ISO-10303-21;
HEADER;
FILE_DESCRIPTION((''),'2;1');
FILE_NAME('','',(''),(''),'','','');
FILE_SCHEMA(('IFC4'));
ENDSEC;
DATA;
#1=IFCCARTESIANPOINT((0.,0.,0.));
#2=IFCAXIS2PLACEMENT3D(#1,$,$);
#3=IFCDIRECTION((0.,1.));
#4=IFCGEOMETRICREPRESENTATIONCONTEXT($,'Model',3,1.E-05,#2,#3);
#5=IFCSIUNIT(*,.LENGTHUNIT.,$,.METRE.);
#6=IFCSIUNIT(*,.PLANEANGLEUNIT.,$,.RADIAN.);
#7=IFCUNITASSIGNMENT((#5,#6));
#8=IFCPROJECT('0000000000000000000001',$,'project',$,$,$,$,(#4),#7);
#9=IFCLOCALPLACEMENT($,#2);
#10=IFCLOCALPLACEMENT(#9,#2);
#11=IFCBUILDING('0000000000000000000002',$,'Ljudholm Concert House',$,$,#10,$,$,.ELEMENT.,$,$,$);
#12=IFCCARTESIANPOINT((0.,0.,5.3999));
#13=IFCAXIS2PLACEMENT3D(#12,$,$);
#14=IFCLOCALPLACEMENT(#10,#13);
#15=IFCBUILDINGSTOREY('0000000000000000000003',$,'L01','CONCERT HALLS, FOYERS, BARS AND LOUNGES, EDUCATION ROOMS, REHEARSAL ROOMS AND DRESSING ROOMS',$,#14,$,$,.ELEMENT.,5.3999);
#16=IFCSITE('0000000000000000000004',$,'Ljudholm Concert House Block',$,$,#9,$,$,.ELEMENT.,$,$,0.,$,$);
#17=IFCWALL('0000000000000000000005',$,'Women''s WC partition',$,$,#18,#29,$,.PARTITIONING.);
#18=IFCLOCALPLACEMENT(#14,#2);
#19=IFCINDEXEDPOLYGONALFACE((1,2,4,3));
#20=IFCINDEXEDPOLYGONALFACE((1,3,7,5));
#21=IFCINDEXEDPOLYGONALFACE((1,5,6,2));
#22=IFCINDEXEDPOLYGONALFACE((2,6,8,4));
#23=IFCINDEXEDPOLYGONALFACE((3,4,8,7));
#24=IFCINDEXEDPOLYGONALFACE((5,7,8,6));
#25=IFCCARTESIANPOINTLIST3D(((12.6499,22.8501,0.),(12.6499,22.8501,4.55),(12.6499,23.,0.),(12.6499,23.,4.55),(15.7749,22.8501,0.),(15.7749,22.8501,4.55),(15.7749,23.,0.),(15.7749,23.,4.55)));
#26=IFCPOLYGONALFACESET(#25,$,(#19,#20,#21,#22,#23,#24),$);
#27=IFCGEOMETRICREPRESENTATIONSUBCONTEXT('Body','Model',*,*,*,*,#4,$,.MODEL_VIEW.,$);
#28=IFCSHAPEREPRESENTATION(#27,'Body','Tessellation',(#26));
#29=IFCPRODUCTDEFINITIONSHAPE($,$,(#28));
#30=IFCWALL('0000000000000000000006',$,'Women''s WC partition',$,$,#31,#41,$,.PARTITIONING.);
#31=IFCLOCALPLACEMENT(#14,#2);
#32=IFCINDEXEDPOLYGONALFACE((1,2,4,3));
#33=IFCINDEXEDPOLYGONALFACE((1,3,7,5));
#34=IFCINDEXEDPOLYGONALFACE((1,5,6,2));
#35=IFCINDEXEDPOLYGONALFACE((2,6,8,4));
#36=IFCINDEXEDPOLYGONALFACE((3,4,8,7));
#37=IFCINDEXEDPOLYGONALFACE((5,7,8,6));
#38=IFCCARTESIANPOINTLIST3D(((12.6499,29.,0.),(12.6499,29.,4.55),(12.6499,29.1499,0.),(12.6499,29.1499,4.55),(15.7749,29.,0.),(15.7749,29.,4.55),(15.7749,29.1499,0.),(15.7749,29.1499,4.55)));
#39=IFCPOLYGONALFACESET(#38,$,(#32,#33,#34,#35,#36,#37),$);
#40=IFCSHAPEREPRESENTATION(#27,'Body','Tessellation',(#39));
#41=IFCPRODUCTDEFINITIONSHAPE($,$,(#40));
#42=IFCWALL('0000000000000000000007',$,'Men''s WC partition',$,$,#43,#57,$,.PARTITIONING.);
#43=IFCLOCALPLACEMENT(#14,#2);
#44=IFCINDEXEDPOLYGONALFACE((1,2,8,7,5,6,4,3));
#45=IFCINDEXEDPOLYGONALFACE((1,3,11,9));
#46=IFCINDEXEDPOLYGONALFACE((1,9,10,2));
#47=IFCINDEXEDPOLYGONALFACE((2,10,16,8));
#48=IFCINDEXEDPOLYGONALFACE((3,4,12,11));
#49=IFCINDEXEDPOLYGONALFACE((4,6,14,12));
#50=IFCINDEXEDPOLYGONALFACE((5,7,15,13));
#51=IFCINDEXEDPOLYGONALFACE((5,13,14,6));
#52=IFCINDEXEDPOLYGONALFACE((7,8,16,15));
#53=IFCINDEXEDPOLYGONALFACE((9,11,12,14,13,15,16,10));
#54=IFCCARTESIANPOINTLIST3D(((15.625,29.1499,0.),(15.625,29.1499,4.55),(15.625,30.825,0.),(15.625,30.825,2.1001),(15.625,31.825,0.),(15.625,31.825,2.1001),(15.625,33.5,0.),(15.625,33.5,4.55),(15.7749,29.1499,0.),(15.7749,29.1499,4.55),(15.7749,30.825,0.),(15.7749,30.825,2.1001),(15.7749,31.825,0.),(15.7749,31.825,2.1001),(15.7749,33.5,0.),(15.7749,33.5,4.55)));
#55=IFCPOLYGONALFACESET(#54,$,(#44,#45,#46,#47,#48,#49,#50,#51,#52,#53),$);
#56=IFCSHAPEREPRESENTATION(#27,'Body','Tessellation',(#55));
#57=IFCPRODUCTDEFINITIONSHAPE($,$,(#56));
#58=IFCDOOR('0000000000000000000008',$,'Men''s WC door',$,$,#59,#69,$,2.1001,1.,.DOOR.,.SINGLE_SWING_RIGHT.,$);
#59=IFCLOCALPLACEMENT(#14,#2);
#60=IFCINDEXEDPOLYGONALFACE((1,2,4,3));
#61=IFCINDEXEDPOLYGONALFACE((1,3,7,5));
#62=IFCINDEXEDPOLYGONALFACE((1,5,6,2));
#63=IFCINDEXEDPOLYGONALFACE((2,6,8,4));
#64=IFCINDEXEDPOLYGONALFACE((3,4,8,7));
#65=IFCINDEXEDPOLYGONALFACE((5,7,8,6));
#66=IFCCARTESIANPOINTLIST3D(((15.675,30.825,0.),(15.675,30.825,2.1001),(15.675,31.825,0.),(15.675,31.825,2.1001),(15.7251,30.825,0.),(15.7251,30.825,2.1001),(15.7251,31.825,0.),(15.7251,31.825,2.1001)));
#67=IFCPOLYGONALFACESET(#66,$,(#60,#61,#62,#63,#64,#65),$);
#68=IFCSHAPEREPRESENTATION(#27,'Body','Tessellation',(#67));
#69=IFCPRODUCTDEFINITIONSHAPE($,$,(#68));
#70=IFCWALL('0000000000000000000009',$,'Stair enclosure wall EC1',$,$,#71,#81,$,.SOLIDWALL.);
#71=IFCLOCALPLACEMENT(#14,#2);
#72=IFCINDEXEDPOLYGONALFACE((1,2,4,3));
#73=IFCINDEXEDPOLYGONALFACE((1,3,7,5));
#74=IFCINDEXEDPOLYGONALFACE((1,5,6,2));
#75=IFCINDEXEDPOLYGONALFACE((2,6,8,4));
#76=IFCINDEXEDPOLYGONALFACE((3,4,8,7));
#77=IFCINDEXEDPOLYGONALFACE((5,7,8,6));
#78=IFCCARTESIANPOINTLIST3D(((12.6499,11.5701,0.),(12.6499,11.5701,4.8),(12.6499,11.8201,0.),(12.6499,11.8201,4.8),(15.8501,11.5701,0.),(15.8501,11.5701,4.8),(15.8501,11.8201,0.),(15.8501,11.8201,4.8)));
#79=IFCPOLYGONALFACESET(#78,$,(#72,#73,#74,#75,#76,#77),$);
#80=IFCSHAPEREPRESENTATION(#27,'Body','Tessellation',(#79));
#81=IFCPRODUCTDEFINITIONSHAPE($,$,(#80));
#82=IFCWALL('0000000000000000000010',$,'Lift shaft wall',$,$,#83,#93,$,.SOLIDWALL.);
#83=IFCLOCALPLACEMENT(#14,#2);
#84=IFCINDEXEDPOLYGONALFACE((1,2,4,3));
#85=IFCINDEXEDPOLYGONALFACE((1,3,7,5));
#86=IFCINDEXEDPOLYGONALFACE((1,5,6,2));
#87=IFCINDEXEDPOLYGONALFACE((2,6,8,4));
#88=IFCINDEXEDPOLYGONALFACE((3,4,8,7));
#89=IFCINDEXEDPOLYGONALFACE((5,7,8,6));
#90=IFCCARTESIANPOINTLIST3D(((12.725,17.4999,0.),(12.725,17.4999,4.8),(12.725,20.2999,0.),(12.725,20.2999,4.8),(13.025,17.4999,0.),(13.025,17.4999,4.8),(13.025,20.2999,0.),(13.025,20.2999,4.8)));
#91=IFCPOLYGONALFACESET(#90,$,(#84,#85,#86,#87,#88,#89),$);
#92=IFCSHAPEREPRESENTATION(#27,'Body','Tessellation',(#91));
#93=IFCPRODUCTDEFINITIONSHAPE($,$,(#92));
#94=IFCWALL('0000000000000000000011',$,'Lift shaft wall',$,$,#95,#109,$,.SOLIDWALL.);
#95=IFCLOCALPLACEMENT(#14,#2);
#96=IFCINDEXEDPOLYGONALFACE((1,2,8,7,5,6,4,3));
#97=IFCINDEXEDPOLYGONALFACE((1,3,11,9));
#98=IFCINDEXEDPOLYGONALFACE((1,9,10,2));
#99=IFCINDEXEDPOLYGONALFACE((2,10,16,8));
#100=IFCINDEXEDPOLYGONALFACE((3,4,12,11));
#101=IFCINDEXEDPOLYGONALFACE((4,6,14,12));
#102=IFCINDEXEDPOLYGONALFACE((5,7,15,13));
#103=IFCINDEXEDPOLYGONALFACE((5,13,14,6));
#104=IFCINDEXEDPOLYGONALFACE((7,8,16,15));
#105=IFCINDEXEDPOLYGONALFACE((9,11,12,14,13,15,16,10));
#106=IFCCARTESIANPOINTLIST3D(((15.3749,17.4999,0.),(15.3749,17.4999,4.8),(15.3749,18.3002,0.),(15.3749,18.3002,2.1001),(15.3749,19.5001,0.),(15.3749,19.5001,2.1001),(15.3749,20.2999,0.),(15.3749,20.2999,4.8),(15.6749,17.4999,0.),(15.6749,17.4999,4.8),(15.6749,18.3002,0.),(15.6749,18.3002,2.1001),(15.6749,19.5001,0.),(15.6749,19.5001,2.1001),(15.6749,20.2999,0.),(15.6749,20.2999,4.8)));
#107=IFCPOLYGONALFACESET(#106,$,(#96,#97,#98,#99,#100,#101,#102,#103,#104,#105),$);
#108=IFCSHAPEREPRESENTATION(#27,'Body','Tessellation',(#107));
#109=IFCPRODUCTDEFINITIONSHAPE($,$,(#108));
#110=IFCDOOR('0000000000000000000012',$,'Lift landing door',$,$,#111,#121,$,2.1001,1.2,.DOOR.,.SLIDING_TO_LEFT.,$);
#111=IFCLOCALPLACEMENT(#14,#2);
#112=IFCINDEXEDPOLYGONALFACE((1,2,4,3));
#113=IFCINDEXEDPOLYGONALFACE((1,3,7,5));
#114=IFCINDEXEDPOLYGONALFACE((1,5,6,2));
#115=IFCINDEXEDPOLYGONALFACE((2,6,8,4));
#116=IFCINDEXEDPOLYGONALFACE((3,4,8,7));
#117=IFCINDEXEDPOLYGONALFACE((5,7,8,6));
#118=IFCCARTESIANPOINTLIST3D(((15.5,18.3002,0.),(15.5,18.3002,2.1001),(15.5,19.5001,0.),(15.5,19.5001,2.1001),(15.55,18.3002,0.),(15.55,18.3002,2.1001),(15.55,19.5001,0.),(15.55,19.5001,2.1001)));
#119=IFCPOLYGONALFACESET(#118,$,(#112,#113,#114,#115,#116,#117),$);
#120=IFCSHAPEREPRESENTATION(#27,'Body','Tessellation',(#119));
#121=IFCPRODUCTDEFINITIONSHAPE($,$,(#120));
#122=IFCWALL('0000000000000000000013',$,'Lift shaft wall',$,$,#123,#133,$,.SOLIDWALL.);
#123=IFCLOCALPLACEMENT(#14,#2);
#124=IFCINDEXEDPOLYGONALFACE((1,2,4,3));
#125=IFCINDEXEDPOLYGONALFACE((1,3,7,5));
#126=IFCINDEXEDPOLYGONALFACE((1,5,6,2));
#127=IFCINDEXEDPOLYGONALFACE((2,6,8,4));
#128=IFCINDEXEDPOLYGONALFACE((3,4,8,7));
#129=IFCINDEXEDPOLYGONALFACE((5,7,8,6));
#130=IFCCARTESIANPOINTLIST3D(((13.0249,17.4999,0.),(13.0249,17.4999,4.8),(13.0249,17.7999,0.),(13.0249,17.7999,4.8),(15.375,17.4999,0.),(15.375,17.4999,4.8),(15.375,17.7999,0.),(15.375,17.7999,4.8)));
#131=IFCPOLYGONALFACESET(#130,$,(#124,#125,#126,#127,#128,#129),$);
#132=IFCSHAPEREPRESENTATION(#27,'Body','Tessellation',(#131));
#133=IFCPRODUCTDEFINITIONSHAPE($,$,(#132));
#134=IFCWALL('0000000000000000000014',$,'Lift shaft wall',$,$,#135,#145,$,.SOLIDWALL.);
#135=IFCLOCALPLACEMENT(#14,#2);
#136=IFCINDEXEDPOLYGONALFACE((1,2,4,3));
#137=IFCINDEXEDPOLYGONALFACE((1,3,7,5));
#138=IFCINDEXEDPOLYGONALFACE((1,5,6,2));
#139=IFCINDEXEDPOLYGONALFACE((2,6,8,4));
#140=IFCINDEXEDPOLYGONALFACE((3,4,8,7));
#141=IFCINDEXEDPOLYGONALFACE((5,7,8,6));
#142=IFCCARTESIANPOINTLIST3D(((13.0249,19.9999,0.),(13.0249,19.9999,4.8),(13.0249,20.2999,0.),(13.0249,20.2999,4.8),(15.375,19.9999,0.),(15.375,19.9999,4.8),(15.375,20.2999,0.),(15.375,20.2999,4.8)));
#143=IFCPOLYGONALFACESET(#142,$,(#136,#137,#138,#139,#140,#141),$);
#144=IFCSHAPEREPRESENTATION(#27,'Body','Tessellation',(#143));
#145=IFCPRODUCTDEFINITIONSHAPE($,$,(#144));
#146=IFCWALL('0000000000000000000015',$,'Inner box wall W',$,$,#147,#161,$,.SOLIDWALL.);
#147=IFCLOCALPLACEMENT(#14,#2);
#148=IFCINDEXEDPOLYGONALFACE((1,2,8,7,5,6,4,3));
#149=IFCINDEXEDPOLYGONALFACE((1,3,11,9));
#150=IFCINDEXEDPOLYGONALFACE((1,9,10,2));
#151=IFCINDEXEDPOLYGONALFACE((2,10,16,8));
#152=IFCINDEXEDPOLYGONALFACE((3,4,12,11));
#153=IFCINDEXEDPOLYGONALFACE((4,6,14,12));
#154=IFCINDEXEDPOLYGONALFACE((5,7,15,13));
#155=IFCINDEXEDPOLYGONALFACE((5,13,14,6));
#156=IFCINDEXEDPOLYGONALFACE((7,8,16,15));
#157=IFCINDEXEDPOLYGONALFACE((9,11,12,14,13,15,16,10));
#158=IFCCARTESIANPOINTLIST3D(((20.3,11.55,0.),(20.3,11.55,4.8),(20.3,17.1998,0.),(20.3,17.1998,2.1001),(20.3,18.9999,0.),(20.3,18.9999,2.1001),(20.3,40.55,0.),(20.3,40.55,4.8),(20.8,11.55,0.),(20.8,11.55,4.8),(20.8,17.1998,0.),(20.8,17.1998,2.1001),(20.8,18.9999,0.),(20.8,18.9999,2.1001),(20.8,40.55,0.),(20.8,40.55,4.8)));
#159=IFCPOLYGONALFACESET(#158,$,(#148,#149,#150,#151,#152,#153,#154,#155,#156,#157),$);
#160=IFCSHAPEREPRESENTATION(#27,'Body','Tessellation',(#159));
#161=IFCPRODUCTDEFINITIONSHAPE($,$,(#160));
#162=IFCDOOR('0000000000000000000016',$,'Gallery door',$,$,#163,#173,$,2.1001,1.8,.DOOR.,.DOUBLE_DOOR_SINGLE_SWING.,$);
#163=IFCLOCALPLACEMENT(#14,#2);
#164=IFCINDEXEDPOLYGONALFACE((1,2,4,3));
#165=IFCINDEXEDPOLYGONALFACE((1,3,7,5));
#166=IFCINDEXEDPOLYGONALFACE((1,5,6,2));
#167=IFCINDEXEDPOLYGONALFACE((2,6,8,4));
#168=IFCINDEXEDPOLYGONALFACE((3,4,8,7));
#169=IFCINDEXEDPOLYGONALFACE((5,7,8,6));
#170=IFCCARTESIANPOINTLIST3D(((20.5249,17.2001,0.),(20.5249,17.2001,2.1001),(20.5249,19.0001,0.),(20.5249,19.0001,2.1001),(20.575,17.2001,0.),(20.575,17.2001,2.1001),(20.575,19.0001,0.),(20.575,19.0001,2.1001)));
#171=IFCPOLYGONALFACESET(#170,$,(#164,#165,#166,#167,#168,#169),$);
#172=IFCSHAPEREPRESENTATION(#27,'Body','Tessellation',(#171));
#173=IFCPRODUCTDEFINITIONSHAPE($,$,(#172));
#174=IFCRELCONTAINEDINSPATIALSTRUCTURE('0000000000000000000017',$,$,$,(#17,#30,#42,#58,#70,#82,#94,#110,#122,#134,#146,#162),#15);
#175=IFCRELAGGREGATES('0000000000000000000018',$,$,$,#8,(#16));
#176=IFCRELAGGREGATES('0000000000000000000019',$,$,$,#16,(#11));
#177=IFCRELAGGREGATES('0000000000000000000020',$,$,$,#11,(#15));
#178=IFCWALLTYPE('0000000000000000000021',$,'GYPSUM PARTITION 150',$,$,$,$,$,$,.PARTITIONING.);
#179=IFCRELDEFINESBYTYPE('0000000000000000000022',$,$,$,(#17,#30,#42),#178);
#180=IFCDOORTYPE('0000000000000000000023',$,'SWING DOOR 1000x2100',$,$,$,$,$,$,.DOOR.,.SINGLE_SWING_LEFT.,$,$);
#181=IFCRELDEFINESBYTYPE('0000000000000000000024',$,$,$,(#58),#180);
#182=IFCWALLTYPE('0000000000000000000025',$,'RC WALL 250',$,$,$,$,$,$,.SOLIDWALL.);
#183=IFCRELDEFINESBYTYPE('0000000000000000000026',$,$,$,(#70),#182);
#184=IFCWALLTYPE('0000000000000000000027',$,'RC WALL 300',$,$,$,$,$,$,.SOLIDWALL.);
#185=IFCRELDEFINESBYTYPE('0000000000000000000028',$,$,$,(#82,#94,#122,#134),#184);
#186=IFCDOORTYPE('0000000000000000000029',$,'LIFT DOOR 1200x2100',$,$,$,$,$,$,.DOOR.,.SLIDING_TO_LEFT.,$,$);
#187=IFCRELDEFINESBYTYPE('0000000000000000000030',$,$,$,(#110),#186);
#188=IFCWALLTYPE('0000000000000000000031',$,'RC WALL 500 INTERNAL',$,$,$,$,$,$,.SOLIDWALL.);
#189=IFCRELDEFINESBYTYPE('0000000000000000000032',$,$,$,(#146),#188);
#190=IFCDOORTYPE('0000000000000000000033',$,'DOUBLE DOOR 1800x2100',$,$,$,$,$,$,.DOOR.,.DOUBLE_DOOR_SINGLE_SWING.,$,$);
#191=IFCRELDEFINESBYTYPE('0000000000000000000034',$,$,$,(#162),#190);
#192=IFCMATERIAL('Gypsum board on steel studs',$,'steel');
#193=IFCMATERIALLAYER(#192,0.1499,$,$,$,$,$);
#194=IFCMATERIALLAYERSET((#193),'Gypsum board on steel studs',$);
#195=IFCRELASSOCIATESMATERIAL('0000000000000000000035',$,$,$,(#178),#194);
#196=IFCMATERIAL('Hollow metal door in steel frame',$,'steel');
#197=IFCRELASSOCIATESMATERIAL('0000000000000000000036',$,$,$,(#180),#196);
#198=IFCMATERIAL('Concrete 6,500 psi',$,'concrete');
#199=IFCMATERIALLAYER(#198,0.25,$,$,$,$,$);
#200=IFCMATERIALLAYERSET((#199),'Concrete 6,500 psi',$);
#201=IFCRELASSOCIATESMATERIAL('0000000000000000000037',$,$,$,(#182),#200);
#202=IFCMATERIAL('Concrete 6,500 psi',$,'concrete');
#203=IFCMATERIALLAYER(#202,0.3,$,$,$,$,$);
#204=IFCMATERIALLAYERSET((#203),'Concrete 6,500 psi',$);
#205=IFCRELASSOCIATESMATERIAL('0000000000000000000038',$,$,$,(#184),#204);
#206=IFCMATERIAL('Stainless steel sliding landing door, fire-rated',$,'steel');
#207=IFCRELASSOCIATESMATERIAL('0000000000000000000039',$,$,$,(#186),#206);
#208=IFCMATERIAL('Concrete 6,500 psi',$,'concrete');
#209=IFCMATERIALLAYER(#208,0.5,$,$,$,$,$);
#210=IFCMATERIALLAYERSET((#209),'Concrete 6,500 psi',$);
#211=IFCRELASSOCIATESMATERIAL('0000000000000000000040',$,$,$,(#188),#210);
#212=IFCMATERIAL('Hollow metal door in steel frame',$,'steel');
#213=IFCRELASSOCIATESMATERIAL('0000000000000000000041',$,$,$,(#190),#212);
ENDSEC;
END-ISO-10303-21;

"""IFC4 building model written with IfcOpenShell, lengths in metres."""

from ifc_helpers import new_model, si_unit, direction, frame, frame_2d, origin, place, context, subcontext, project, spatial, rectangle, extrude, material, layer, layer_set, type_object, element, fill, save


model = new_model("IFC4")

# Units and contexts
model_context = context("Model", 3, precision=1e-05, world=origin(), true_north=direction((0.0, 1.0)))
body_context = subcontext(model_context, "Body", "Model", "MODEL_VIEW")
ifc_project = project(units=[si_unit("LENGTHUNIT", "METRE"), si_unit("PLANEANGLEUNIT", "RADIAN")], contexts=[model_context])

# Site, building, storey
site_placement = place(None, origin())
site = spatial("IfcSite", under=ifc_project, at=site_placement, Name="Ljudholm Concert House Block", CompositionType="ELEMENT", RefElevation=0.0)
building_placement = place(site_placement, origin())
building = spatial("IfcBuilding", under=site, at=building_placement, Name="Ljudholm Concert House", CompositionType="ELEMENT")
storey_placement = place(building_placement, frame((0.0, 0.0, 5.3999)))
storey = spatial("IfcBuildingStorey", under=building, at=storey_placement, Name="L01", Description="CONCERT HALLS, FOYERS, BARS AND LOUNGES, EDUCATION ROOMS, REHEARSAL ROOMS AND DRESSING ROOMS", CompositionType="ELEMENT", Elevation=5.3999)

# Shared definitions
ifc_material_1 = material(Name="Gypsum board on steel studs", Category="steel")
ifc_layer_1 = layer(ifc_material_1, 0.1499)
ifc_layer_set_1 = layer_set([ifc_layer_1], Name="Gypsum board on steel studs")
wall_type_1 = type_object("IfcWallType", Name="GYPSUM PARTITION 150", PredefinedType="PARTITIONING", material=ifc_layer_set_1)
ifc_material_2 = material(Name="Hollow metal door in steel frame", Category="steel")
door_type_1 = type_object("IfcDoorType", Name="SWING DOOR 1000x2100", OperationType="SINGLE_SWING_LEFT", PredefinedType="DOOR", material=ifc_material_2)

# Walls
for number, where, z_axis, x_axis, name in (
    (1, (12.6499, 22.925, 0.0), (0.0, 0.0, 1.0), (1.0, 0.0, 0.0), "Women's WC partition"),
    (2, (12.6499, 29.075, 0.0), (0.0, 0.0, 1.0), (1.0, 0.0, 0.0), "Women's WC partition"),
):
    element("IfcWall", number, at=place(storey_placement, frame(where, z_axis=z_axis, x_axis=x_axis)), inside=storey, type_object=wall_type_1, Name=name, PredefinedType="PARTITIONING", context=body_context, shape_type="SweptSolid", body=[
        extrude(rectangle(XDim=3.125, YDim=0.1499, at=frame_2d((1.5625, 0.0))), origin(), (0.0, 0.0, 1.0), 4.55),
    ])

# Wall, opening, door
wall_1_placement = place(storey_placement, frame((15.7, 29.1499, 0.0), z_axis=(0.0, 0.0, 1.0), x_axis=(0.0, 1.0, 0.0)))
wall_1 = element("IfcWall", 3, at=wall_1_placement, inside=storey, type_object=wall_type_1, Name="Men's WC partition", PredefinedType="PARTITIONING", context=body_context, shape_type="SweptSolid", body=[
    extrude(rectangle(XDim=4.3501, YDim=0.1499, at=frame_2d((2.175, 0.0))), origin(), (0.0, 0.0, 1.0), 4.55),
])
opening_1_placement = place(wall_1_placement, frame((1.675, 0.0, 0.0)))
opening_1 = element("IfcOpeningElement", 4, at=opening_1_placement, cuts=wall_1, PredefinedType="OPENING", context=body_context, shape_type="SweptSolid", body=[
    extrude(rectangle(XDim=1.0, YDim=2.1001, at=frame_2d((0.5, 1.05))), frame((0.0, 0.085, 0.0), z_axis=(0.0, -1.0, 0.0), x_axis=(1.0, 0.0, 0.0)), (0.0, 0.0, 1.0), 0.1699),
])
door_1_placement = place(opening_1_placement, origin())
door_1 = element("IfcDoor", 5, at=door_1_placement, inside=storey, type_object=door_type_1, Name="Men's WC door", OperationType="SINGLE_SWING_RIGHT", OverallHeight=2.1001, OverallWidth=1.0, PredefinedType="DOOR", context=body_context, shape_type="SweptSolid", body=[
    extrude(rectangle(XDim=1.0, YDim=2.1001, at=frame_2d((0.5, 1.05))), frame((0.0, 0.0249, 0.0), z_axis=(0.0, -1.0, 0.0), x_axis=(1.0, 0.0, 0.0)), (0.0, 0.0, 1.0), 0.05),
])
fill(opening_1, door_1)

# Walls
ifc_material_3 = material(Name="Concrete 6,500 psi", Category="concrete")
ifc_layer_2 = layer(ifc_material_3, 0.25)
ifc_layer_set_2 = layer_set([ifc_layer_2], Name="Concrete 6,500 psi")
wall_type_2 = type_object("IfcWallType", Name="RC WALL 250", PredefinedType="SOLIDWALL", material=ifc_layer_set_2)
wall_2_placement = place(storey_placement, frame((12.6499, 11.6951, 0.0), z_axis=(0.0, 0.0, 1.0), x_axis=(1.0, 0.0, 0.0)))
element("IfcWall", 6, at=wall_2_placement, inside=storey, type_object=wall_type_2, Name="Stair enclosure wall EC1", PredefinedType="SOLIDWALL", context=body_context, shape_type="SweptSolid", body=[
    extrude(rectangle(XDim=3.2002, YDim=0.25, at=frame_2d((1.6001, 0.0))), origin(), (0.0, 0.0, 1.0), 4.8),
])
ifc_material_4 = material(Name="Concrete 6,500 psi", Category="concrete")
ifc_layer_3 = layer(ifc_material_4, 0.3)
ifc_layer_set_3 = layer_set([ifc_layer_3], Name="Concrete 6,500 psi")
wall_type_3 = type_object("IfcWallType", Name="RC WALL 300", PredefinedType="SOLIDWALL", material=ifc_layer_set_3)
wall_3_placement = place(storey_placement, frame((12.875, 17.5, 0.0), z_axis=(0.0, 0.0, 1.0), x_axis=(0.0, 1.0, 0.0)))
element("IfcWall", 7, at=wall_3_placement, inside=storey, type_object=wall_type_3, Name="Lift shaft wall", PredefinedType="SOLIDWALL", context=body_context, shape_type="SweptSolid", body=[
    extrude(rectangle(XDim=2.8, YDim=0.3, at=frame_2d((1.3999, 0.0))), origin(), (0.0, 0.0, 1.0), 4.8),
])

# Wall, opening, door
wall_4_placement = place(storey_placement, frame((15.5249, 17.5, 0.0), z_axis=(0.0, 0.0, 1.0), x_axis=(0.0, 1.0, 0.0)))
wall_4 = element("IfcWall", 8, at=wall_4_placement, inside=storey, type_object=wall_type_3, Name="Lift shaft wall", PredefinedType="SOLIDWALL", context=body_context, shape_type="SweptSolid", body=[
    extrude(rectangle(XDim=2.8, YDim=0.3, at=frame_2d((1.3999, 0.0))), origin(), (0.0, 0.0, 1.0), 4.8),
])
opening_2_placement = place(wall_4_placement, frame((0.8, 0.0, 0.0)))
opening_2 = element("IfcOpeningElement", 9, at=opening_2_placement, cuts=wall_4, PredefinedType="OPENING", context=body_context, shape_type="SweptSolid", body=[
    extrude(rectangle(XDim=1.2, YDim=2.1001, at=frame_2d((0.6001, 1.05))), frame((0.0, 0.1599, 0.0), z_axis=(0.0, -1.0, 0.0), x_axis=(1.0, 0.0, 0.0)), (0.0, 0.0, 1.0), 0.3201),
])
ifc_material_5 = material(Name="Stainless steel sliding landing door, fire-rated", Category="steel")
door_type_2 = type_object("IfcDoorType", Name="LIFT DOOR 1200x2100", OperationType="SLIDING_TO_LEFT", PredefinedType="DOOR", material=ifc_material_5)
door_2_placement = place(opening_2_placement, origin())
door_2 = element("IfcDoor", 10, at=door_2_placement, inside=storey, type_object=door_type_2, Name="Lift landing door", OperationType="SLIDING_TO_LEFT", OverallHeight=2.1001, OverallWidth=1.2, PredefinedType="DOOR", context=body_context, shape_type="SweptSolid", body=[
    extrude(rectangle(XDim=1.2, YDim=2.1001, at=frame_2d((0.6001, 1.05))), frame((0.0, 0.0249, 0.0), z_axis=(0.0, -1.0, 0.0), x_axis=(1.0, 0.0, 0.0)), (0.0, 0.0, 1.0), 0.05),
])
fill(opening_2, door_2)

# Walls
for number, where, z_axis, x_axis, name in (
    (11, (13.0249, 17.6499, 0.0), (0.0, 0.0, 1.0), (1.0, 0.0, 0.0), "Lift shaft wall"),
    (12, (13.0249, 20.1499, 0.0), (0.0, 0.0, 1.0), (1.0, 0.0, 0.0), "Lift shaft wall"),
):
    element("IfcWall", number, at=place(storey_placement, frame(where, z_axis=z_axis, x_axis=x_axis)), inside=storey, type_object=wall_type_3, Name=name, PredefinedType="SOLIDWALL", context=body_context, shape_type="SweptSolid", body=[
        extrude(rectangle(XDim=2.3501, YDim=0.3, at=frame_2d((1.175, 0.0))), origin(), (0.0, 0.0, 1.0), 4.8),
    ])

# Wall, opening, door
ifc_material_6 = material(Name="Concrete 6,500 psi", Category="concrete")
ifc_layer_4 = layer(ifc_material_6, 0.5)
ifc_layer_set_4 = layer_set([ifc_layer_4], Name="Concrete 6,500 psi")
wall_type_4 = type_object("IfcWallType", Name="RC WALL 500 INTERNAL", PredefinedType="SOLIDWALL", material=ifc_layer_set_4)
wall_5_placement = place(storey_placement, frame((20.55, 11.55, 0.0), z_axis=(0.0, 0.0, 1.0), x_axis=(0.0, 1.0, 0.0)))
wall_5 = element("IfcWall", 13, at=wall_5_placement, inside=storey, type_object=wall_type_4, Name="Inner box wall W", PredefinedType="SOLIDWALL", context=body_context, shape_type="SweptSolid", body=[
    extrude(rectangle(XDim=29.0, YDim=0.5, at=frame_2d((14.5, 0.0))), origin(), (0.0, 0.0, 1.0), 4.8),
])
opening_3_placement = place(wall_5_placement, frame((5.6499, 0.0, 0.0)))
opening_3 = element("IfcOpeningElement", 14, at=opening_3_placement, cuts=wall_5, PredefinedType="OPENING", context=body_context, shape_type="SweptSolid", body=[
    extrude(rectangle(XDim=1.8, YDim=2.1001, at=frame_2d((0.8999, 1.05))), frame((0.0, 0.26, 0.0), z_axis=(0.0, -1.0, 0.0), x_axis=(1.0, 0.0, 0.0)), (0.0, 0.0, 1.0), 0.52),
])
ifc_material_7 = material(Name="Hollow metal door in steel frame", Category="steel")
door_type_3 = type_object("IfcDoorType", Name="DOUBLE DOOR 1800x2100", OperationType="DOUBLE_DOOR_SINGLE_SWING", PredefinedType="DOOR", material=ifc_material_7)
door_3_placement = place(opening_3_placement, frame((1.8, 0.0, 0.0), z_axis=(0.0, 0.0, 1.0), x_axis=(-1.0, 0.0, 0.0)))
door_3 = element("IfcDoor", 15, at=door_3_placement, inside=storey, type_object=door_type_3, Name="Gallery door", OperationType="DOUBLE_DOOR_SINGLE_SWING", OverallHeight=2.1001, OverallWidth=1.8, PredefinedType="DOOR", context=body_context, shape_type="SweptSolid", body=[
    extrude(rectangle(XDim=1.8, YDim=2.1001, at=frame_2d((0.8999, 1.05))), frame((0.0, 0.0249, 0.0), z_axis=(0.0, -1.0, 0.0), x_axis=(1.0, 0.0, 0.0)), (0.0, 0.0, 1.0), 0.05),
])
fill(opening_3, door_3)

save(model, "model.ifc")
